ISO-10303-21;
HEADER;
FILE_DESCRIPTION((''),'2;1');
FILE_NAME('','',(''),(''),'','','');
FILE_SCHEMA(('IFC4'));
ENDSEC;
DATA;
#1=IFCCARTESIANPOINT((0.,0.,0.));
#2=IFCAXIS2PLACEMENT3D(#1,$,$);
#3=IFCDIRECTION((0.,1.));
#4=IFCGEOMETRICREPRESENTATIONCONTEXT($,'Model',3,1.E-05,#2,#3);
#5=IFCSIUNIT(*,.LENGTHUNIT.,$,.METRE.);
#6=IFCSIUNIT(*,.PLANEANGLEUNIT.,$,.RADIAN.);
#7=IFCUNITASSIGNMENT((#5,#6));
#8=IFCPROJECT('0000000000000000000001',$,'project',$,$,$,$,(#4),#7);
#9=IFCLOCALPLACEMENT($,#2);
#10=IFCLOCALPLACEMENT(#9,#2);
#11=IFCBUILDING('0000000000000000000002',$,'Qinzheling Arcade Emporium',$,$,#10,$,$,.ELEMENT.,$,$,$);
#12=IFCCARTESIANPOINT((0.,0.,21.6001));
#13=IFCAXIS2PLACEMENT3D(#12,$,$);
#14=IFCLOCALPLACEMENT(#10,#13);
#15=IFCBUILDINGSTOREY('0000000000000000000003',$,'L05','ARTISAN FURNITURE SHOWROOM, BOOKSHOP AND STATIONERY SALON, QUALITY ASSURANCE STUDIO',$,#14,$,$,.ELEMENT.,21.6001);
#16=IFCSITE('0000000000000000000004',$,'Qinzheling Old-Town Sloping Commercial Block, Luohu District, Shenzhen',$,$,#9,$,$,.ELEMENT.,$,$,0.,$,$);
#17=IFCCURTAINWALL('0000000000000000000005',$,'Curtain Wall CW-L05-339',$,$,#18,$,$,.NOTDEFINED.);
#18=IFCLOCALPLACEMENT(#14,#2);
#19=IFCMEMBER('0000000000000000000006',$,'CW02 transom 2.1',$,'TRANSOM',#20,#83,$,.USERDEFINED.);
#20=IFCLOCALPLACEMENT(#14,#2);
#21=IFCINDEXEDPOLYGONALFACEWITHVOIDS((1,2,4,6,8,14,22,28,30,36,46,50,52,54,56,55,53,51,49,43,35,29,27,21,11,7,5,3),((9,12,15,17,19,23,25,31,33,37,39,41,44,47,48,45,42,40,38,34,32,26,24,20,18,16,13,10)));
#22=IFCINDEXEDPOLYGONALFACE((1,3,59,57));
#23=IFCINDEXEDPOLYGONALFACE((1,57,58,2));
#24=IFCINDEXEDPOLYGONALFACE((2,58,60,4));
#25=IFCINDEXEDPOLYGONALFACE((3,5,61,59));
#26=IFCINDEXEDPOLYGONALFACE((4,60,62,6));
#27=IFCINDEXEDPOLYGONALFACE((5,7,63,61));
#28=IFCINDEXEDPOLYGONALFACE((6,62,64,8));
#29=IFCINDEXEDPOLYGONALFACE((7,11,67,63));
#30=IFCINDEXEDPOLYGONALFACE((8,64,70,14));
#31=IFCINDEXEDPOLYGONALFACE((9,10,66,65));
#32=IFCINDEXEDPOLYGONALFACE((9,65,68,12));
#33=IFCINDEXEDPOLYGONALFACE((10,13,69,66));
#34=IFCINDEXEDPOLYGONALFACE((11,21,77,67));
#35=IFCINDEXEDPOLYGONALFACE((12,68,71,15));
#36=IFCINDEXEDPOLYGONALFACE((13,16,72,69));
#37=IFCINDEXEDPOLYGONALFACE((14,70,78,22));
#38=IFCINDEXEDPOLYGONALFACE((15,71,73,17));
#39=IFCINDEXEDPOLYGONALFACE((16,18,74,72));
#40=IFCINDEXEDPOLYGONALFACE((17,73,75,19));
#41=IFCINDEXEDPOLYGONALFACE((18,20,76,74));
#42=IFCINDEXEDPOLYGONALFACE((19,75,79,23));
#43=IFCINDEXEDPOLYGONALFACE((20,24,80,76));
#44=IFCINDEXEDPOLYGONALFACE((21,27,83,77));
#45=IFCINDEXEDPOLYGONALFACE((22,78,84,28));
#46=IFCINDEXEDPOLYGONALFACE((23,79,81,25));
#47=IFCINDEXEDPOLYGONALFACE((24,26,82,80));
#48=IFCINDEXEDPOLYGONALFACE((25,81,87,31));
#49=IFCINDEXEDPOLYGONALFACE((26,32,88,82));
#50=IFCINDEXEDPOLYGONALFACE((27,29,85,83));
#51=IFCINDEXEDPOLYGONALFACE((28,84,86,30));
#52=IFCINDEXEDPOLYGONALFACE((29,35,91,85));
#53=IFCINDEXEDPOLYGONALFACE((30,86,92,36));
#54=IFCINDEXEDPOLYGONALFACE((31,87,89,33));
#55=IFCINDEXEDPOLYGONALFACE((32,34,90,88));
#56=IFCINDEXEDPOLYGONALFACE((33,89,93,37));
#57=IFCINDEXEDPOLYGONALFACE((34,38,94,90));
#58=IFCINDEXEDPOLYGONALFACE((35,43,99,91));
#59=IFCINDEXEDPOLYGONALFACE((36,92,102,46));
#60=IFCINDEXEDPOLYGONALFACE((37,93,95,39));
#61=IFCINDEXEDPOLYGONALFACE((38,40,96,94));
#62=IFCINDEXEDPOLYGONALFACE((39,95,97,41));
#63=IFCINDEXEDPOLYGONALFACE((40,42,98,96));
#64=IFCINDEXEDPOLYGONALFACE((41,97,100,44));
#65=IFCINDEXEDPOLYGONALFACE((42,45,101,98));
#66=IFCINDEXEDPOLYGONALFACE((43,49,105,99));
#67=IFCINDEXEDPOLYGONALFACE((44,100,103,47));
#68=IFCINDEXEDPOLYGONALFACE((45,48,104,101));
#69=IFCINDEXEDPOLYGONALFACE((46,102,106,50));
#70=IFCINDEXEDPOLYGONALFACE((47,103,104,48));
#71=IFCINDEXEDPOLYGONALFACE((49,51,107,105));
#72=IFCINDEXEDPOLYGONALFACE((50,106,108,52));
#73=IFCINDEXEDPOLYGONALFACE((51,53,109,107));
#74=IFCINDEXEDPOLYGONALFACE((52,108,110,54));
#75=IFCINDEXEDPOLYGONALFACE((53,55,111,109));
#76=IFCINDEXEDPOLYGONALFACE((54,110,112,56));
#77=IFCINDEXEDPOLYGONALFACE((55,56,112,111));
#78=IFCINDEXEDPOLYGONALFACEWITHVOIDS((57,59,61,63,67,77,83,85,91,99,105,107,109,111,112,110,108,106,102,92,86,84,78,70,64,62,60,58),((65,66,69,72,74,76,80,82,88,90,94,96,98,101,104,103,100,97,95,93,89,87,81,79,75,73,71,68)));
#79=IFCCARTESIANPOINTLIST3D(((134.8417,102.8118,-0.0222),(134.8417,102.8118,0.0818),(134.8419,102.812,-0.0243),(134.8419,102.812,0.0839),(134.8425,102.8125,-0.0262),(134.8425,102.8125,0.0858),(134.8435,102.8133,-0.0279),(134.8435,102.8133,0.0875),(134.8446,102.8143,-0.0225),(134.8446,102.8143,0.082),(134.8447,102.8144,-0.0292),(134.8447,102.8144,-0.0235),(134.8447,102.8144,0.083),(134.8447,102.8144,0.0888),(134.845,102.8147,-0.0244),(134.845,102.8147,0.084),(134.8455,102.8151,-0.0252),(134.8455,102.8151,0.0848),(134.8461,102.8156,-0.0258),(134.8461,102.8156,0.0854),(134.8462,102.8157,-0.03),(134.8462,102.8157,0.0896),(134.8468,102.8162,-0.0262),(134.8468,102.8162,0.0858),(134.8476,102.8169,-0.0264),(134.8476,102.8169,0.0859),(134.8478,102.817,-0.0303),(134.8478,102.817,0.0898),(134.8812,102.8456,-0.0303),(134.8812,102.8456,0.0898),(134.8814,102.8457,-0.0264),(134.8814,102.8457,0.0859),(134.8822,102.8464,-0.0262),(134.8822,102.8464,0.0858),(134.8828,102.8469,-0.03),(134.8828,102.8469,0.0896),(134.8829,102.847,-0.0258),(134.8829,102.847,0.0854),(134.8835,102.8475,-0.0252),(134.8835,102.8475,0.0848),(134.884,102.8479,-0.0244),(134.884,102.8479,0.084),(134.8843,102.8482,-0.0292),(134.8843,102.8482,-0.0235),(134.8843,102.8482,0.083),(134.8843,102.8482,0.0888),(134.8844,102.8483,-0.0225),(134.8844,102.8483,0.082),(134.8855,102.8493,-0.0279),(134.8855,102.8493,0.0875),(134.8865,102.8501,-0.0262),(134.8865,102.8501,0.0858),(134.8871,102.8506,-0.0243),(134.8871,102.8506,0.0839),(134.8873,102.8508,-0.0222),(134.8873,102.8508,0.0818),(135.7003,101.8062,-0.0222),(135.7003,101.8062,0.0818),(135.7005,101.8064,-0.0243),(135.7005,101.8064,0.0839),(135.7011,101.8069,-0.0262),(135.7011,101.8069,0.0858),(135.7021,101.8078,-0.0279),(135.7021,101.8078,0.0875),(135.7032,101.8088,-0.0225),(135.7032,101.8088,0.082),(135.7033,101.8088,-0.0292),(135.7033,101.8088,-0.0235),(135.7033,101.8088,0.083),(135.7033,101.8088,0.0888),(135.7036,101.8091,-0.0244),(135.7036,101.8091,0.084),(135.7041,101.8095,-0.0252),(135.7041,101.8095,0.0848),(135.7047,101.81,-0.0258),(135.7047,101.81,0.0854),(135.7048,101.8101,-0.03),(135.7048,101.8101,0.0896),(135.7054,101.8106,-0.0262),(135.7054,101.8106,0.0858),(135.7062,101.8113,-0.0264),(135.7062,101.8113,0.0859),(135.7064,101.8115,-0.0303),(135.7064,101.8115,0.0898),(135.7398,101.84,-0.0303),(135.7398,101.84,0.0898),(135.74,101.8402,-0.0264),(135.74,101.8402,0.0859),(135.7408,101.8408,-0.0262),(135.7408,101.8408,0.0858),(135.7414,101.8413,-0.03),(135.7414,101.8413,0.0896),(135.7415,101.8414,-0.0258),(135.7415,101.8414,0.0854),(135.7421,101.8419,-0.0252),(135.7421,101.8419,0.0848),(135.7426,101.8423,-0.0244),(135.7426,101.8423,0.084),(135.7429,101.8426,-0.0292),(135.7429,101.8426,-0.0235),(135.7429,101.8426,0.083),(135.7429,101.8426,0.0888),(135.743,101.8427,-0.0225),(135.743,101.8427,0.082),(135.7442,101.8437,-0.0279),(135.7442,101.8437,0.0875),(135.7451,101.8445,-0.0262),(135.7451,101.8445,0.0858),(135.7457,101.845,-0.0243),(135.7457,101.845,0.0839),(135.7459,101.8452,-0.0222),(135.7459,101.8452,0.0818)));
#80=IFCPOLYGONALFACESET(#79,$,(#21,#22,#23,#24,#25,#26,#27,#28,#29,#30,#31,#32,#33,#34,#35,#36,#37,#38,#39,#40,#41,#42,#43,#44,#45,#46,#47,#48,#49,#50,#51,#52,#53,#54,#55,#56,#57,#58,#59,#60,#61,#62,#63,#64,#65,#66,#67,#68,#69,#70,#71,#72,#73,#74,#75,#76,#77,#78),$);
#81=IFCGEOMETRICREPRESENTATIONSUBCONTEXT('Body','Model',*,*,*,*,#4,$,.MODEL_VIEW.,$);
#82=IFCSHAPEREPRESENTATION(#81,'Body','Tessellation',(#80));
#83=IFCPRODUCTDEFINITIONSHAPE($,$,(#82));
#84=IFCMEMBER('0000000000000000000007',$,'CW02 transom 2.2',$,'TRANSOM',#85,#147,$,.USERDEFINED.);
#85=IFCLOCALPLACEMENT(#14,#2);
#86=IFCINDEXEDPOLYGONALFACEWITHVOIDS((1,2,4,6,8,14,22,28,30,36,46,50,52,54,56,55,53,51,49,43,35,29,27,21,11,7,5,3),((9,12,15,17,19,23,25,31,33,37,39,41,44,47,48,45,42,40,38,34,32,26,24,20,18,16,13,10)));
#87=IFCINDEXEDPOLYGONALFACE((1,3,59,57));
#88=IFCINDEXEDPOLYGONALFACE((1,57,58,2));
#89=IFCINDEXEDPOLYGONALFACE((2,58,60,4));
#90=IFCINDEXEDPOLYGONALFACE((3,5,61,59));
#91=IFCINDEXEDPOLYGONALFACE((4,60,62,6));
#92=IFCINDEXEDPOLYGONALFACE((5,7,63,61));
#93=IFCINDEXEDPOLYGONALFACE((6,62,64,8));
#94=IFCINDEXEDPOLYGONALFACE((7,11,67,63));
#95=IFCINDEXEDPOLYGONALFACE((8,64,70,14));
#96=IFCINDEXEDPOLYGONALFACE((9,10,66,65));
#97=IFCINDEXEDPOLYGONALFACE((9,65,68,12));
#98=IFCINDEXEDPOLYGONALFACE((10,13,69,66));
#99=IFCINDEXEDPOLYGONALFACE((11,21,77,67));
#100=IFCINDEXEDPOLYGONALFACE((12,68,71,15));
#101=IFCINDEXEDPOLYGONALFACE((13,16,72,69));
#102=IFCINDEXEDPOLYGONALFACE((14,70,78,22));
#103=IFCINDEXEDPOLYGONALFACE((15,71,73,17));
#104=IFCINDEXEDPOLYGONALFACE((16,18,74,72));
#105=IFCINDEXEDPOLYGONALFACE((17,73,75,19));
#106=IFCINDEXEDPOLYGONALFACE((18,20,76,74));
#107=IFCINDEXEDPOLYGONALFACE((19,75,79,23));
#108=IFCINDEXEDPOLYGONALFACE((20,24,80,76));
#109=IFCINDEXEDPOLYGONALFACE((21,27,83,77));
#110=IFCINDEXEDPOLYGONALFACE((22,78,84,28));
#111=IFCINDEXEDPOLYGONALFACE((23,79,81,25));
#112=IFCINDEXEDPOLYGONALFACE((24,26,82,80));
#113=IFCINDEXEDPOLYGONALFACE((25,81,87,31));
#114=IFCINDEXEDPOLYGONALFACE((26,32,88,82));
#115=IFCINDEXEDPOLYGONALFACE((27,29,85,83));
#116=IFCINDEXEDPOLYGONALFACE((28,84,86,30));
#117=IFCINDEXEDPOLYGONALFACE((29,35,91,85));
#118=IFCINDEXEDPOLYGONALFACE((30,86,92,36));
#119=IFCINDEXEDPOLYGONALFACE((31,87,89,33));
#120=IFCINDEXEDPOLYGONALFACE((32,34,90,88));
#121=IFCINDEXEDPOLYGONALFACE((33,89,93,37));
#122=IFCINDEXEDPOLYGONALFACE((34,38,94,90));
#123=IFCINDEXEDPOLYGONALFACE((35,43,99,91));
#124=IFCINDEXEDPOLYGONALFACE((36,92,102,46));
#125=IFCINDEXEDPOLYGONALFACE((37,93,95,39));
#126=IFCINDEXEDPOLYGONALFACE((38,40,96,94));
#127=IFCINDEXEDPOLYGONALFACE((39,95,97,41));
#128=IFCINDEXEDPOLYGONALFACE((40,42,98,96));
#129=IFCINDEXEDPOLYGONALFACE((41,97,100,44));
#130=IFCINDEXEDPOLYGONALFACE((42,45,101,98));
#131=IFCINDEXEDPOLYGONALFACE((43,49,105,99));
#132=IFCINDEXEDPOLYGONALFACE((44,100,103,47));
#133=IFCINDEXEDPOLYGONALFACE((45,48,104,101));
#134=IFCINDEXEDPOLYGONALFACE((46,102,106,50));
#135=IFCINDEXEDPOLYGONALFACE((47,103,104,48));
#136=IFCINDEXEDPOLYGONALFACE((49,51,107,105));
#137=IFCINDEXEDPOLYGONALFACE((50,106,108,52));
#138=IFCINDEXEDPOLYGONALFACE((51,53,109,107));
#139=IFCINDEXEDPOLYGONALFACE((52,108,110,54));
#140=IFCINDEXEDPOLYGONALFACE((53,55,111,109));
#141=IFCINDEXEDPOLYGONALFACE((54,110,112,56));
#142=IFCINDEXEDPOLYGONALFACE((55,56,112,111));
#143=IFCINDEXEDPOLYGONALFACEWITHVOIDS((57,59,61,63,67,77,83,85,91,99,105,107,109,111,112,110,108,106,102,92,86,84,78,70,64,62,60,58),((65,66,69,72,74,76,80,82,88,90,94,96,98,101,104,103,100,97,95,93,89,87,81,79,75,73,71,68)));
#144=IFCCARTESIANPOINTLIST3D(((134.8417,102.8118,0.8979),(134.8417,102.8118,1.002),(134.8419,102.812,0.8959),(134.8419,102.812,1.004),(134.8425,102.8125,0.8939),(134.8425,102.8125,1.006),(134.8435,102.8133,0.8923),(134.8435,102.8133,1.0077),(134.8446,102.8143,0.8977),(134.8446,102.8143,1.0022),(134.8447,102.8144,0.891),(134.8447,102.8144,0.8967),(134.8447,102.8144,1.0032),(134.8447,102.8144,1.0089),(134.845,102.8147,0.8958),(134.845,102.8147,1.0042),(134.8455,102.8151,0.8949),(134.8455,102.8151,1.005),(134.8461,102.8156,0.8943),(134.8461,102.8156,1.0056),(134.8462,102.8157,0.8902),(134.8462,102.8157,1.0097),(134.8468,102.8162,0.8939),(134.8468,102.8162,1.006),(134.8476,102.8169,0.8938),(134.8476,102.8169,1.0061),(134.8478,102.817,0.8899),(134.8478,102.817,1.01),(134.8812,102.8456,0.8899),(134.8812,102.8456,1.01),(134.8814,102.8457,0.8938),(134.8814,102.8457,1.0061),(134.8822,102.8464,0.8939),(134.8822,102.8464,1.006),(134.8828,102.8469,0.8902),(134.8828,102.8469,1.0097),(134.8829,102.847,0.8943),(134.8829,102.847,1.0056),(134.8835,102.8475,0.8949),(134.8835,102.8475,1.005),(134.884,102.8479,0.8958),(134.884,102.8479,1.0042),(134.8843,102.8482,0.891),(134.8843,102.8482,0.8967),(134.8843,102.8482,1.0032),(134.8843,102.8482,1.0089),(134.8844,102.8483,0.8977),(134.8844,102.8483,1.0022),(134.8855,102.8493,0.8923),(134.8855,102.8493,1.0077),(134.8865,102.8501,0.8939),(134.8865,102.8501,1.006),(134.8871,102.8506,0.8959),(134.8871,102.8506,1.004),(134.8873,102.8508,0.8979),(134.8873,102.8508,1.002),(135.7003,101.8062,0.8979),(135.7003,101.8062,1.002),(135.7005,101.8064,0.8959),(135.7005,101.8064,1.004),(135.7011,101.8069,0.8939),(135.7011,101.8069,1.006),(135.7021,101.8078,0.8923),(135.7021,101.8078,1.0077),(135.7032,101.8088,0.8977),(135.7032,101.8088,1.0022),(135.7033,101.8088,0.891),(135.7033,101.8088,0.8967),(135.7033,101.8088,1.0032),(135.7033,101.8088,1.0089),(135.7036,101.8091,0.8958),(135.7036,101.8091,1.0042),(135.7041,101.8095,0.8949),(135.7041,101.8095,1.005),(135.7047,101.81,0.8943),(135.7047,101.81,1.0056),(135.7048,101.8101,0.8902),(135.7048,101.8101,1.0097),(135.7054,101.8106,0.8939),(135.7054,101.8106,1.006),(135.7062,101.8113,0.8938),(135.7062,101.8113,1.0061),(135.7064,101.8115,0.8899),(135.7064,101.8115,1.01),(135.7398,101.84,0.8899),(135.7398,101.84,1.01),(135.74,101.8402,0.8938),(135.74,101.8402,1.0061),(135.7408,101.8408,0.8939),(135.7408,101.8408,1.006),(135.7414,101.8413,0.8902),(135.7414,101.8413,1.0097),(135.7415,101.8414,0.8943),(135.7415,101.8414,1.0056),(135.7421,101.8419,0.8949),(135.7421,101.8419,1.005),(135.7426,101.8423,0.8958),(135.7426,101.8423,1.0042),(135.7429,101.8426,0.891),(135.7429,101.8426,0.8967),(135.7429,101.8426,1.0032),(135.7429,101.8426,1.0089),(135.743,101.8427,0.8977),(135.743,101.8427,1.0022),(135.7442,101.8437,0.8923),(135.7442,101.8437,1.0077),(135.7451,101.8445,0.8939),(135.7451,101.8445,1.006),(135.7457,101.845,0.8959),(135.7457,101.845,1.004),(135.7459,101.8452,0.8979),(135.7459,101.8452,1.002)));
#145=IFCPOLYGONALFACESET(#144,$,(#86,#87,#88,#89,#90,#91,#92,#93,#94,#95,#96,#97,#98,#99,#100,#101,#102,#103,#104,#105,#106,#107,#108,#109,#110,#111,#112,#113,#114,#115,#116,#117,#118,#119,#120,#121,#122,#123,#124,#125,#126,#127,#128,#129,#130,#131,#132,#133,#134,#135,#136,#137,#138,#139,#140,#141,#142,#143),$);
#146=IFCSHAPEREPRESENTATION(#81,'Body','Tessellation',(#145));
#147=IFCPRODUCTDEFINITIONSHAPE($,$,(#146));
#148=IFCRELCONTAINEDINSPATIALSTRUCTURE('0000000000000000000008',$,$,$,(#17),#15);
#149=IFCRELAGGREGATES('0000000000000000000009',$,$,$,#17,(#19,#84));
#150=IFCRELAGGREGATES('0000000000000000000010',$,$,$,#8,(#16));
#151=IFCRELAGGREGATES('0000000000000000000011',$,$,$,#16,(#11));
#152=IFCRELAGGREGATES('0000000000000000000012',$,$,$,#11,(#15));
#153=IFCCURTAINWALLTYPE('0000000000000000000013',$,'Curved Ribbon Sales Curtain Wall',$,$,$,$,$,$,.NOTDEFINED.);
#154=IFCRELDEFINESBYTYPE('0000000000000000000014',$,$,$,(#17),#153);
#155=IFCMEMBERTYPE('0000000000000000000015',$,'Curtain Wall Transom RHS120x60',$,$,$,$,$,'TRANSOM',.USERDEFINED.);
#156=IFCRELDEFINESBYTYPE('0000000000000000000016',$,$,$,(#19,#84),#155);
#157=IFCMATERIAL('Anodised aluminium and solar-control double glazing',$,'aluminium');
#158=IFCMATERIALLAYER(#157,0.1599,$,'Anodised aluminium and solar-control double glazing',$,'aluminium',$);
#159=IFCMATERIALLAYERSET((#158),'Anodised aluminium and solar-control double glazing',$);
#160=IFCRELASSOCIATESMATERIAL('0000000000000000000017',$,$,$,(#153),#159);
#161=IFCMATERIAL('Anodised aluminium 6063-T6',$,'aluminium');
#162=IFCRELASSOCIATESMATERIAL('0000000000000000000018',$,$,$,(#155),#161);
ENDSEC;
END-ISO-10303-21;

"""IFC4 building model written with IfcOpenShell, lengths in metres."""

from ifc_helpers import new_model, si_unit, direction, frame, origin, origin_2d, place, context, subcontext, project, spatial, hollow_rectangle, extrude, material, layer, layer_set, material_profile, profile_set, type_object, element, aggregate, save


model = new_model("IFC4")

# Units and contexts
model_context = context("Model", 3, precision=1e-05, world=origin(), true_north=direction((0.0, 1.0)))
body_context = subcontext(model_context, "Body", "Model", "MODEL_VIEW")
ifc_project = project(units=[si_unit("LENGTHUNIT", "METRE"), si_unit("PLANEANGLEUNIT", "RADIAN")], contexts=[model_context])

# Site, building, storey
site_placement = place(None, origin())
site = spatial("IfcSite", under=ifc_project, at=site_placement, Name="Qinzheling Old-Town Sloping Commercial Block, Luohu District, Shenzhen", CompositionType="ELEMENT", RefElevation=0.0)
building_placement = place(site_placement, origin())
building = spatial("IfcBuilding", under=site, at=building_placement, Name="Qinzheling Arcade Emporium", CompositionType="ELEMENT")
storey_placement = place(building_placement, frame((0.0, 0.0, 21.6001)))
storey = spatial("IfcBuildingStorey", under=building, at=storey_placement, Name="L05", Description="ARTISAN FURNITURE SHOWROOM, BOOKSHOP AND STATIONERY SALON, QUALITY ASSURANCE STUDIO", CompositionType="ELEMENT", Elevation=21.6001)

# Curtain wall
ifc_material_1 = material(Name="Anodised aluminium and solar-control double glazing", Category="aluminium")
ifc_layer_1 = layer(ifc_material_1, 0.1599, Name="Anodised aluminium and solar-control double glazing", Category="aluminium")
ifc_layer_set_1 = layer_set([ifc_layer_1], Name="Anodised aluminium and solar-control double glazing")
curtain_wall_type = type_object("IfcCurtainWallType", Name="Curved Ribbon Sales Curtain Wall", PredefinedType="NOTDEFINED", material=ifc_layer_set_1)
curtain_wall_1_placement = place(storey_placement, origin())
curtain_wall_1 = element("IfcCurtainWall", 1, at=curtain_wall_1_placement, inside=storey, type_object=curtain_wall_type, Name="Curtain Wall CW-L05-339", PredefinedType="NOTDEFINED")
ifc_material_2 = material(Name="Anodised aluminium 6063-T6", Category="aluminium")

# Members
ifc_material_profile_1 = material_profile(ifc_material_2, hollow_rectangle(XDim=0.0601, YDim=0.1201, WallThickness=0.0039, InnerFilletRadius=0.0039, OuterFilletRadius=0.0081, at=origin_2d()), Name="RHS 120x60x4", Category="aluminium")
ifc_profile_set_1 = profile_set([ifc_material_profile_1], Name="Anodised aluminium 6063-T6")
member_type_1 = type_object("IfcMemberType", Name="Curtain Wall Transom RHS120x60", ElementType="TRANSOM", PredefinedType="USERDEFINED", material=ifc_profile_set_1)
member_1_placement = place(storey_placement, frame((134.8645, 102.8313, 0.0298), z_axis=(0.649346, -0.760493, 0.0), x_axis=(0.760493, 0.649346, 0.0)))
member_1 = element("IfcMember", 2, at=member_1_placement, type_object=member_type_1, Name="CW02 transom 2.1", ObjectType="TRANSOM", PredefinedType="USERDEFINED", context=body_context, shape_type="SweptSolid", body=[
    extrude(hollow_rectangle(XDim=0.0601, YDim=0.1201, WallThickness=0.0039, InnerFilletRadius=0.0039, OuterFilletRadius=0.0081, at=origin_2d()), origin(), (0.0, 0.0, 1.0), 1.3223),
])
member_2_placement = place(storey_placement, frame((134.8645, 102.8313, 0.95), z_axis=(0.649346, -0.760493, 0.0), x_axis=(0.760493, 0.649346, 0.0)))
member_2 = element("IfcMember", 3, at=member_2_placement, type_object=member_type_1, Name="CW02 transom 2.2", ObjectType="TRANSOM", PredefinedType="USERDEFINED", context=body_context, shape_type="SweptSolid", body=[
    extrude(hollow_rectangle(XDim=0.0601, YDim=0.1201, WallThickness=0.0039, InnerFilletRadius=0.0039, OuterFilletRadius=0.0081, at=origin_2d()), origin(), (0.0, 0.0, 1.0), 1.3223),
])

aggregate(curtain_wall_1, [member_1, member_2])

save(model, "model.ifc")
